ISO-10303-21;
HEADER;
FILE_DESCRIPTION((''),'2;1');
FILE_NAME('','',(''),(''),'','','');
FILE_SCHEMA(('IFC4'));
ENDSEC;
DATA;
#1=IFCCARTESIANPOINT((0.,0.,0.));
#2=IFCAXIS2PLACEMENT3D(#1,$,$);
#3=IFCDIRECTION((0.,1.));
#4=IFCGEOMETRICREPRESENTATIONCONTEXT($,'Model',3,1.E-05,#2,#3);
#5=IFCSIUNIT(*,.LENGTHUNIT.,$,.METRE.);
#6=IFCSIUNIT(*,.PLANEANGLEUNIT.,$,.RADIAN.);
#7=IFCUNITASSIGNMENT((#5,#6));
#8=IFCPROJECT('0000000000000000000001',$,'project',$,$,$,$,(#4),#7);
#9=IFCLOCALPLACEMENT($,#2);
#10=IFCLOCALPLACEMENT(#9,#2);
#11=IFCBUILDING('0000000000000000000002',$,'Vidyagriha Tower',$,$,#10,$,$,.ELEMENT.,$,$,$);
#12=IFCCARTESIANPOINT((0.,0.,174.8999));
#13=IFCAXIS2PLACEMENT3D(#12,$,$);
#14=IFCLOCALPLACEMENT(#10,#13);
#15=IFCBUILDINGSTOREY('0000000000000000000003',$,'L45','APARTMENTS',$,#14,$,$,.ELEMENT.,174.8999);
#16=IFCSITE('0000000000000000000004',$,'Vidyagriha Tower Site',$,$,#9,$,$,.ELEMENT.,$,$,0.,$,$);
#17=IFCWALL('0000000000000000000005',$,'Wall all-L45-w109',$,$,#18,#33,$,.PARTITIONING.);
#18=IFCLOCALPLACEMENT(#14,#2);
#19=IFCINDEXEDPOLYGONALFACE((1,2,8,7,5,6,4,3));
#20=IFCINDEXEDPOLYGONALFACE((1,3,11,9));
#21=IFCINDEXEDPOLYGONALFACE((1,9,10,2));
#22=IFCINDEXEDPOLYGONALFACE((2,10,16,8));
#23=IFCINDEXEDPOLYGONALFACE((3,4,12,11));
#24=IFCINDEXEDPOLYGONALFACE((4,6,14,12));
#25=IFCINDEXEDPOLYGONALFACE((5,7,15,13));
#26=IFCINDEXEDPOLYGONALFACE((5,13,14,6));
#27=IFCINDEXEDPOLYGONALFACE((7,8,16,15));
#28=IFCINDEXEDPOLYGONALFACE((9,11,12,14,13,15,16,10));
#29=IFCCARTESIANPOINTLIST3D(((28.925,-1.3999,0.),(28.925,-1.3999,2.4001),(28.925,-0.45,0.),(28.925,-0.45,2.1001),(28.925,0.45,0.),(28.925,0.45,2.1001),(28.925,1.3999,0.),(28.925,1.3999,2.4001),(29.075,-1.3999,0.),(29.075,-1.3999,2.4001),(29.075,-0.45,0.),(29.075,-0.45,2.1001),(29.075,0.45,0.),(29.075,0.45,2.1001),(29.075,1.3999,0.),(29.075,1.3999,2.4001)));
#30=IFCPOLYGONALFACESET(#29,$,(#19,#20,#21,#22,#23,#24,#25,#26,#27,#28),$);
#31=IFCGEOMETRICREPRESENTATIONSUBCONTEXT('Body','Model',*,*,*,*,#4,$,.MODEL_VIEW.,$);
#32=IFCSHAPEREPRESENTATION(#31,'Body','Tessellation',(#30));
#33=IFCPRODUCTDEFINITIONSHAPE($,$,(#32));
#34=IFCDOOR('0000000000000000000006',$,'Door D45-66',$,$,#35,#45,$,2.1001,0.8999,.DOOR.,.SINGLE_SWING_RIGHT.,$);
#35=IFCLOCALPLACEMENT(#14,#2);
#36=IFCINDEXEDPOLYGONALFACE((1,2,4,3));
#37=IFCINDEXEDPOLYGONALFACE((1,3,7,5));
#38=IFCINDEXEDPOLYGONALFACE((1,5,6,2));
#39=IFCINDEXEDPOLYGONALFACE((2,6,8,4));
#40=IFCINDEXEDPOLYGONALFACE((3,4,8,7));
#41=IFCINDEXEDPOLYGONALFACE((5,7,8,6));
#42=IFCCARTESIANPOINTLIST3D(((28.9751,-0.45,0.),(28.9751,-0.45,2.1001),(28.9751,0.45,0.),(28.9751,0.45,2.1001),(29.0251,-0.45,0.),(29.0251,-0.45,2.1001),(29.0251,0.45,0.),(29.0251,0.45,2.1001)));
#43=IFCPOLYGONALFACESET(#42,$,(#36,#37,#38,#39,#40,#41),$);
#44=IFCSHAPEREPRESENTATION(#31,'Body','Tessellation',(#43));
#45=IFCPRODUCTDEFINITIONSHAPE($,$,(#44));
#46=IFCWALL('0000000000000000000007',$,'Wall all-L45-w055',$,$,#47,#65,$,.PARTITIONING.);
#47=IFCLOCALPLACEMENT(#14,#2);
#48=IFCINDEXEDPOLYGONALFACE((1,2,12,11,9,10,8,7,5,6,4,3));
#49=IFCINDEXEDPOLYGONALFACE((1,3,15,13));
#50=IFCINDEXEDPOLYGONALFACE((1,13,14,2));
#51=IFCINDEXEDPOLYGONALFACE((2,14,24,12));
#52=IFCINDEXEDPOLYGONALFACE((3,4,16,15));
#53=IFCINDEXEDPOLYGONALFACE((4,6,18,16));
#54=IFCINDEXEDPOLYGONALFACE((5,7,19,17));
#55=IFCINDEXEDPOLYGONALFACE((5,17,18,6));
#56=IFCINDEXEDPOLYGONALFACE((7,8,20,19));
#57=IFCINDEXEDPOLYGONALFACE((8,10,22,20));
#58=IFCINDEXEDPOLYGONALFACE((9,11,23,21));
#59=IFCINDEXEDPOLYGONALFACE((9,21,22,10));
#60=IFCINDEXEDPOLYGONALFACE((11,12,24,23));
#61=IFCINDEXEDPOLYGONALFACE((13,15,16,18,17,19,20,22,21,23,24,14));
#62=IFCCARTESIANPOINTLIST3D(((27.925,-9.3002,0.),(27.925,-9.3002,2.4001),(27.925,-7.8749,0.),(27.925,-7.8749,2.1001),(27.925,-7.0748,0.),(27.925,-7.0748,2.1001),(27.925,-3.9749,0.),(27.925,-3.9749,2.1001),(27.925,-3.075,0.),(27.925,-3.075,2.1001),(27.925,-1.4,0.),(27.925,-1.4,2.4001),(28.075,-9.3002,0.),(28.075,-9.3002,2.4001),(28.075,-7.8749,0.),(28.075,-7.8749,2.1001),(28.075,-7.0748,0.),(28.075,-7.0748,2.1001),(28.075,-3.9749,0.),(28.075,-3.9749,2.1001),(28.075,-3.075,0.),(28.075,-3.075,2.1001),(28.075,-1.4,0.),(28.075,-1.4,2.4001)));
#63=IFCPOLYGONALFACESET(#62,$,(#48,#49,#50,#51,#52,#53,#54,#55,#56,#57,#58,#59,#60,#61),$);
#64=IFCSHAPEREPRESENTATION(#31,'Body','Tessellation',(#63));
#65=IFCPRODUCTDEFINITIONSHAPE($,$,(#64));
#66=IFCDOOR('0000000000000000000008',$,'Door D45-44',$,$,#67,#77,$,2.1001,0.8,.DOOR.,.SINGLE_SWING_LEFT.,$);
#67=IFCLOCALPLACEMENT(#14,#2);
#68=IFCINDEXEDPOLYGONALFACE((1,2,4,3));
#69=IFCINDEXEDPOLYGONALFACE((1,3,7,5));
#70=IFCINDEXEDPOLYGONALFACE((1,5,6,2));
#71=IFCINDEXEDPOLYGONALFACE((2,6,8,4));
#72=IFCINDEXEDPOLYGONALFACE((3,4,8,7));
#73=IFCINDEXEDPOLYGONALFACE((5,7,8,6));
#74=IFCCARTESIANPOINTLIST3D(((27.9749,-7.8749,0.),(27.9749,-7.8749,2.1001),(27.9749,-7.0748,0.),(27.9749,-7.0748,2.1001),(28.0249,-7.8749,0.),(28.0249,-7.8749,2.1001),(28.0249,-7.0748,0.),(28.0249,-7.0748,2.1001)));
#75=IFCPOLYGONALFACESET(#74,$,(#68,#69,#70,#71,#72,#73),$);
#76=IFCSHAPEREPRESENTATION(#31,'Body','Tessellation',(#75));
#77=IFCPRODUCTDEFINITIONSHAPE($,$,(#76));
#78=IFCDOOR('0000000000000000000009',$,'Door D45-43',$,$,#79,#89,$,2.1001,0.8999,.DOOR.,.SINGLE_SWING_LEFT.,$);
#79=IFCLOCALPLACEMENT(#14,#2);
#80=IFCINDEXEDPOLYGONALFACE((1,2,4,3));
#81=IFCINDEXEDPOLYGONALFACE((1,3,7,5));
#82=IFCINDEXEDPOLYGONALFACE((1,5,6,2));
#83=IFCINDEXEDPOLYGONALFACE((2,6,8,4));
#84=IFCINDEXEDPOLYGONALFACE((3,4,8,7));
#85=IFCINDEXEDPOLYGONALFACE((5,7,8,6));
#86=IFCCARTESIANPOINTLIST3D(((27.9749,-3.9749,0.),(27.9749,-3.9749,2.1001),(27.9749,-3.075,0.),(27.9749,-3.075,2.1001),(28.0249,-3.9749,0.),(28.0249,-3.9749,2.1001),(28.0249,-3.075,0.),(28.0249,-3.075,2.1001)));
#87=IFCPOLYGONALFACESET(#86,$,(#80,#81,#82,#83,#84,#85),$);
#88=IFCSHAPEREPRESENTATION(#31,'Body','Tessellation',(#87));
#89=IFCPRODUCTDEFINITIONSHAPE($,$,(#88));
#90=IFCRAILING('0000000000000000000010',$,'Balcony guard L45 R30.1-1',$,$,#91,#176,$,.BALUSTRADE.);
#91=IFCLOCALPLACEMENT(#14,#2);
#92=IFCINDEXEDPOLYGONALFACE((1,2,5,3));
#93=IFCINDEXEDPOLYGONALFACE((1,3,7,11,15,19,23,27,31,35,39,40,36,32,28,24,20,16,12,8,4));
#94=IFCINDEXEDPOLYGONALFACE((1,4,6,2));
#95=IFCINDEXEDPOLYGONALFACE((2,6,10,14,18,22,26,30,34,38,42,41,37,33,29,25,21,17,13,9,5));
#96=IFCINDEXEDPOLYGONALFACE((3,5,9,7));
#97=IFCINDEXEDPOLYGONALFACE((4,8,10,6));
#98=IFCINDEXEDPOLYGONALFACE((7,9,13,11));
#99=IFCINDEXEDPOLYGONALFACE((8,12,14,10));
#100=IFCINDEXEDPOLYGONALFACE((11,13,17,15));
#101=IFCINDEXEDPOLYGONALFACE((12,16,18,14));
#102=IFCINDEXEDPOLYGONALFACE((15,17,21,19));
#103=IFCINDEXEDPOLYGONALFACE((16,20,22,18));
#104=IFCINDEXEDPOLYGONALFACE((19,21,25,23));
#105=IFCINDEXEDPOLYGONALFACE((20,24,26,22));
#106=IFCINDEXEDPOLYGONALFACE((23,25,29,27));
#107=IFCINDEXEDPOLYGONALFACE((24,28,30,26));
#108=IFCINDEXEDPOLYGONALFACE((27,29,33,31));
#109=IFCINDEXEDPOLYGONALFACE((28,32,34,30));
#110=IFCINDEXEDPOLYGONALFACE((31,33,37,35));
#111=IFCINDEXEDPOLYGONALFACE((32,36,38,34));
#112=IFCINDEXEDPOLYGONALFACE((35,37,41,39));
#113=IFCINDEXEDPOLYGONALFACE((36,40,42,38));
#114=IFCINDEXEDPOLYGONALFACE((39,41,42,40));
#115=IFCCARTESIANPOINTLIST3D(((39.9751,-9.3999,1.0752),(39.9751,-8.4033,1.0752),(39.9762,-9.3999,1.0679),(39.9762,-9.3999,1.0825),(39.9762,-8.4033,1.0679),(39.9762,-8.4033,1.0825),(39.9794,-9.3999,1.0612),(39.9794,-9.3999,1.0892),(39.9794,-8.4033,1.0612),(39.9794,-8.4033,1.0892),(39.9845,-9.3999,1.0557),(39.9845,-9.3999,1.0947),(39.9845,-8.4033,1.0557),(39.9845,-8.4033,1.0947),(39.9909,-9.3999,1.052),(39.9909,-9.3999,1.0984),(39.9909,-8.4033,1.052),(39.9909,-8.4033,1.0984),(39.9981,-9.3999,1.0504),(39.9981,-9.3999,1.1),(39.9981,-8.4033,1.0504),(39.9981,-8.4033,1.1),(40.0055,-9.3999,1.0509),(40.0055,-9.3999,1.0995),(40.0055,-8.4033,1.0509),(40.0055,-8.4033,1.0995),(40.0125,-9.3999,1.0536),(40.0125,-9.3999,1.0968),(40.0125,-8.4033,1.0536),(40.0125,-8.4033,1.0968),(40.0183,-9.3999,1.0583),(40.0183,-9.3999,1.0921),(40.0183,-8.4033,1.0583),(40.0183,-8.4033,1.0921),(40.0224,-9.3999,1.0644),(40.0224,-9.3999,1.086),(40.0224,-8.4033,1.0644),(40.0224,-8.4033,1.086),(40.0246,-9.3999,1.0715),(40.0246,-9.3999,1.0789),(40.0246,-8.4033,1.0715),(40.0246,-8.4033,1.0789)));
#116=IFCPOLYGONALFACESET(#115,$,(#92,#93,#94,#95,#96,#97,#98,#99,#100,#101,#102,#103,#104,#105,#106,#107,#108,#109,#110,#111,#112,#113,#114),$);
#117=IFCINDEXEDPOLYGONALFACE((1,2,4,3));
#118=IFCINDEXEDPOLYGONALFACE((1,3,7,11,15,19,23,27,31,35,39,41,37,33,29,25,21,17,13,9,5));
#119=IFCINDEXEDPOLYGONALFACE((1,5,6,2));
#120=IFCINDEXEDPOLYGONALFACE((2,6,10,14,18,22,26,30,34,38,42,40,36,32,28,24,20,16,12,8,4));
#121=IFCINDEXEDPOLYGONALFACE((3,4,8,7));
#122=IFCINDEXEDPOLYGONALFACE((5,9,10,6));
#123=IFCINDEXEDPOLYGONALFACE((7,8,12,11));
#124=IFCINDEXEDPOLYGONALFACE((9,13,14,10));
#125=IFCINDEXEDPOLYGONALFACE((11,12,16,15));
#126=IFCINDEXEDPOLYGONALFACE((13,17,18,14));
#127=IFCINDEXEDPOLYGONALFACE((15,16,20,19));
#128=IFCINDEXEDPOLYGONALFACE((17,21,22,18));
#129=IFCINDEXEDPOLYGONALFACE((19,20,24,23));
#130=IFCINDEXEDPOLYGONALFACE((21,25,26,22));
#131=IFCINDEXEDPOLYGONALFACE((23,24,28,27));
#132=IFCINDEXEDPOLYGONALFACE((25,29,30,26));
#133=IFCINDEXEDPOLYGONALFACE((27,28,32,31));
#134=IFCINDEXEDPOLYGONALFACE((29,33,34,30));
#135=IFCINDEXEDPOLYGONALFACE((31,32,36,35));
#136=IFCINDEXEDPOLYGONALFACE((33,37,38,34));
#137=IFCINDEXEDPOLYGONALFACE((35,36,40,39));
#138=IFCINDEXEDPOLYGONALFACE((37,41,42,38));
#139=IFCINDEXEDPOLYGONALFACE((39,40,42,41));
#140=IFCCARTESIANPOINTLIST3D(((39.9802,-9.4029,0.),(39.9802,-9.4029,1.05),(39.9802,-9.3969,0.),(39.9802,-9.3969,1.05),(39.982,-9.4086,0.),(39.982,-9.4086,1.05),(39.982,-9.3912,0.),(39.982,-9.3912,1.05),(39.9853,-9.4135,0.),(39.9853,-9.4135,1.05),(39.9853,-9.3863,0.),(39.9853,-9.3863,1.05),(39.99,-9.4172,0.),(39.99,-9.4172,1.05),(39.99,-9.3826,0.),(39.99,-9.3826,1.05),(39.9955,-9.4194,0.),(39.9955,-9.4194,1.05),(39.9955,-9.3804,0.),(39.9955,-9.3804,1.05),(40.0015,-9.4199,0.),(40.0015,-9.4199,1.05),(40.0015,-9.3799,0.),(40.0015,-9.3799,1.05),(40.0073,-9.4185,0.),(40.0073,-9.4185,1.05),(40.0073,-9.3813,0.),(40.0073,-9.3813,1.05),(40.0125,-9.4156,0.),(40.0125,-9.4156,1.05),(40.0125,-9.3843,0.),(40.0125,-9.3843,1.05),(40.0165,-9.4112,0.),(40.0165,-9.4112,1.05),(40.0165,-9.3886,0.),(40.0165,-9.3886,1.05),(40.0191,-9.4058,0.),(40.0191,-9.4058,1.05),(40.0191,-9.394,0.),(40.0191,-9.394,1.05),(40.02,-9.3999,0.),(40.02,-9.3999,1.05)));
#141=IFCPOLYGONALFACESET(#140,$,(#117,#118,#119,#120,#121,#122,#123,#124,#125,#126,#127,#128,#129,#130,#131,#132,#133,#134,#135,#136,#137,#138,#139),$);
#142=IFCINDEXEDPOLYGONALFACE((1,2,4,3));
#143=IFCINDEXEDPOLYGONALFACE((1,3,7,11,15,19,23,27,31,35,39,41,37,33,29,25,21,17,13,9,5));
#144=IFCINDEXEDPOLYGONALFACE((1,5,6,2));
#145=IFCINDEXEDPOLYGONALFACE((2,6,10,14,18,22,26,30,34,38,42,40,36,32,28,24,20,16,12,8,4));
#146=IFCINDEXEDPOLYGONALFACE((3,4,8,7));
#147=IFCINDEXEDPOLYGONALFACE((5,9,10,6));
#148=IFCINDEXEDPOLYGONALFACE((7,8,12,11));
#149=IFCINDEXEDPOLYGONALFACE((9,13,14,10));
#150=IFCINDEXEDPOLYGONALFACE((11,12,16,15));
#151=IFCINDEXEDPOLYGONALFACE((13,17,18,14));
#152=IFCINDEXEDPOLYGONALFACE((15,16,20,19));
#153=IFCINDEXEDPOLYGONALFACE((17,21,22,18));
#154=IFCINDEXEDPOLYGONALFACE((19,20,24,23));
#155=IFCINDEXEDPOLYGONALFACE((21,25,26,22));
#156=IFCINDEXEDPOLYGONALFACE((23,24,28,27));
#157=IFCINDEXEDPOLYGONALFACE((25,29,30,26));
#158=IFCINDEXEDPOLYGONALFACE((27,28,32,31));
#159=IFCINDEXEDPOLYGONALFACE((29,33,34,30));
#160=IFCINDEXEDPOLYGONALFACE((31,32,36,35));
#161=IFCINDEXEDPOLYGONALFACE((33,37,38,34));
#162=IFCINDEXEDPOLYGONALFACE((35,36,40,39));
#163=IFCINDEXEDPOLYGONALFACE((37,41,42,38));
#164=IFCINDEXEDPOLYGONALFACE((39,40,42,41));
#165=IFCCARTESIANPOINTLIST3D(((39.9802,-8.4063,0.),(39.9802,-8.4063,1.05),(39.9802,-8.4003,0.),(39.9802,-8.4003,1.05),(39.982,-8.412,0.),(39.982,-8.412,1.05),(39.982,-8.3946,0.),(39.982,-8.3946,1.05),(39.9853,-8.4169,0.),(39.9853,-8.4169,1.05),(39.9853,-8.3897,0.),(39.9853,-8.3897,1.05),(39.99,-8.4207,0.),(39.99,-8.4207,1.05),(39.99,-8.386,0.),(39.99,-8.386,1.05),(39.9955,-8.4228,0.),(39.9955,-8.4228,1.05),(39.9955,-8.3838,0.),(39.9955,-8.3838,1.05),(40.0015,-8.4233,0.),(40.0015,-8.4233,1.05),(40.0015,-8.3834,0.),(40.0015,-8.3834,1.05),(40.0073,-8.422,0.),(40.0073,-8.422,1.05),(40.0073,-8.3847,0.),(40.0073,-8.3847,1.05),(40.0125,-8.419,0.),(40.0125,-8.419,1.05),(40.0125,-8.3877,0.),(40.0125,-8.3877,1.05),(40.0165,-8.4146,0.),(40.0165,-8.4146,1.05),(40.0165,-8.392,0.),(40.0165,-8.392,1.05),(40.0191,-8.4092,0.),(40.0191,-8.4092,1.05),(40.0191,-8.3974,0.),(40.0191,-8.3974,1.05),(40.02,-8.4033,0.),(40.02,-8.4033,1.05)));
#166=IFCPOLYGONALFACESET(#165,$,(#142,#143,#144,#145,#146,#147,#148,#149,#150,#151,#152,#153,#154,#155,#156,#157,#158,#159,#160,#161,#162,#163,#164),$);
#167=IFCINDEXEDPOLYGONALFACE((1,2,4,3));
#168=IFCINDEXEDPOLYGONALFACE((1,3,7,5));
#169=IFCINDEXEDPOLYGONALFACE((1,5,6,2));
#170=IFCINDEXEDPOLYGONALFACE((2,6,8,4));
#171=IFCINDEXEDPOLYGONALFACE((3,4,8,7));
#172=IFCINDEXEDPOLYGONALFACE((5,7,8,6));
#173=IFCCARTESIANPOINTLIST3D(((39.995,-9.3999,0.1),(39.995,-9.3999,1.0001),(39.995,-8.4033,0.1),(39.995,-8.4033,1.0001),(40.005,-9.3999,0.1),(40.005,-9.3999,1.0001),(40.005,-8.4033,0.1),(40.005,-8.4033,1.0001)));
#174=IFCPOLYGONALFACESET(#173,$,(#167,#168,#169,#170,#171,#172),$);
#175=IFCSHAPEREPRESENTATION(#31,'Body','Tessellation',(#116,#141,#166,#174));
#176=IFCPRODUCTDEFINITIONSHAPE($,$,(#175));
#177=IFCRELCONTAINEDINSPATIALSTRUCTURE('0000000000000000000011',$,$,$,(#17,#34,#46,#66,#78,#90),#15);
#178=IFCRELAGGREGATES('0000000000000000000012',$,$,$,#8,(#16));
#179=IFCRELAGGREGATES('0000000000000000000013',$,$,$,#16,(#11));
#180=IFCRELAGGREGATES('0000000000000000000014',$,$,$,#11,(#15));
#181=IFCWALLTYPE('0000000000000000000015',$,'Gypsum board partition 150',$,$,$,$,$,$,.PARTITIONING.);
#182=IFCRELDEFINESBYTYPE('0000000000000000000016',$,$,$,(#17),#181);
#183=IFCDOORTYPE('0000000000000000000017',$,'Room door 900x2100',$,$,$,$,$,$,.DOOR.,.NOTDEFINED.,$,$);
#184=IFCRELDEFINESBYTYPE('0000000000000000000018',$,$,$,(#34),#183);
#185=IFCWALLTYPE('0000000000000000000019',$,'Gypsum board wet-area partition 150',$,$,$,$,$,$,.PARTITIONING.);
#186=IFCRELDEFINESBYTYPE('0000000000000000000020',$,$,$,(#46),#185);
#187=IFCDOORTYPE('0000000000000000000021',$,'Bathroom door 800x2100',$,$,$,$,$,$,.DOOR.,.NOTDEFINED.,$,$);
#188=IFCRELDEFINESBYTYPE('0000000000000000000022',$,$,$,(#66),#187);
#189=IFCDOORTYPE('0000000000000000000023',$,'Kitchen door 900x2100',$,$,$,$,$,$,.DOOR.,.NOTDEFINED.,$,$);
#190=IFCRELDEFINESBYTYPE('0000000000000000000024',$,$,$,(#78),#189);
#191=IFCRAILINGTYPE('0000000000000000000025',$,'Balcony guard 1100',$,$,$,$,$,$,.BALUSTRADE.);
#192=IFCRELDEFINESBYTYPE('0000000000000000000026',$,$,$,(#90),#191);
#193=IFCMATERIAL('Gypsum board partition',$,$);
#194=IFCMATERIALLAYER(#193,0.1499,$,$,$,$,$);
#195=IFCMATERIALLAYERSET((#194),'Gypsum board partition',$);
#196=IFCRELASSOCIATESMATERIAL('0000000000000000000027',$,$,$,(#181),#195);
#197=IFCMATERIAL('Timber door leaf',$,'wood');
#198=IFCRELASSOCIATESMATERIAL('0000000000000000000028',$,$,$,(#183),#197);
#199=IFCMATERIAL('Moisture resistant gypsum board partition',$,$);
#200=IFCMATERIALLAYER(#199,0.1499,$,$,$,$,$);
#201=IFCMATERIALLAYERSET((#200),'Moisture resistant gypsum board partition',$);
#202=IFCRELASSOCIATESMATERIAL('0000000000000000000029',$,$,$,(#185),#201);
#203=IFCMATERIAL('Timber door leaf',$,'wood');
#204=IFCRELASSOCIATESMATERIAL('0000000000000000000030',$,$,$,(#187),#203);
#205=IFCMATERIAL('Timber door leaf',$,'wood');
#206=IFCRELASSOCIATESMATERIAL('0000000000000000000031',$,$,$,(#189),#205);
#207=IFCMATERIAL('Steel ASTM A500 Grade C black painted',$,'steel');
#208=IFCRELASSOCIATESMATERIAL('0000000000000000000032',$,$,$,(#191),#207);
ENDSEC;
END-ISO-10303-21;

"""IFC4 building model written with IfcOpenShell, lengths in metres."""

from ifc_helpers import new_model, si_unit, direction, frame, frame_2d, origin, origin_2d, place, context, subcontext, project, spatial, rectangle, circle, extrude, material, layer, layer_set, type_object, element, fill, save


model = new_model("IFC4")

# Units and contexts
model_context = context("Model", 3, precision=1e-05, world=origin(), true_north=direction((0.0, 1.0)))
body_context = subcontext(model_context, "Body", "Model", "MODEL_VIEW")
ifc_project = project(units=[si_unit("LENGTHUNIT", "METRE"), si_unit("PLANEANGLEUNIT", "RADIAN")], contexts=[model_context])

# Site, building, storey
site_placement = place(None, origin())
site = spatial("IfcSite", under=ifc_project, at=site_placement, Name="Vidyagriha Tower Site", CompositionType="ELEMENT", RefElevation=0.0)
building_placement = place(site_placement, origin())
building = spatial("IfcBuilding", under=site, at=building_placement, Name="Vidyagriha Tower", CompositionType="ELEMENT")
storey_placement = place(building_placement, frame((0.0, 0.0, 174.8999)))
storey = spatial("IfcBuildingStorey", under=building, at=storey_placement, Name="L45", Description="APARTMENTS", CompositionType="ELEMENT", Elevation=174.8999)

# Shared definitions
ifc_material_1 = material(Name="Gypsum board partition")
ifc_layer_1 = layer(ifc_material_1, 0.1499)
ifc_layer_set_1 = layer_set([ifc_layer_1], Name="Gypsum board partition")
wall_type_1 = type_object("IfcWallType", Name="Gypsum board partition 150", PredefinedType="PARTITIONING", material=ifc_layer_set_1)

# Wall, opening, door
ifc_material_2 = material(Name="Timber door leaf", Category="wood")
door_type_1 = type_object("IfcDoorType", Name="Room door 900x2100", OperationType="NOTDEFINED", PredefinedType="DOOR", material=ifc_material_2)
wall_1_placement = place(storey_placement, frame((29.0, -1.3999, 0.0), z_axis=(0.0, 0.0, 1.0), x_axis=(0.0, 1.0, 0.0)))
wall_1 = element("IfcWall", 1, at=wall_1_placement, inside=storey, type_object=wall_type_1, Name="Wall all-L45-w109", PredefinedType="PARTITIONING", context=body_context, shape_type="SweptSolid", body=[
    extrude(rectangle(XDim=2.7998, YDim=0.1499, at=frame_2d((1.3999, 0.0))), origin(), (0.0, 0.0, 1.0), 2.4001),
])
opening_1_placement = place(wall_1_placement, frame((0.95, 0.0, 0.0)))
opening_1 = element("IfcOpeningElement", 2, at=opening_1_placement, cuts=wall_1, PredefinedType="OPENING", context=body_context, shape_type="SweptSolid", body=[
    extrude(rectangle(XDim=0.8999, YDim=2.1001, at=frame_2d((0.45, 1.05))), frame((0.0, 0.085, 0.0), z_axis=(0.0, -1.0, 0.0), x_axis=(1.0, 0.0, 0.0)), (0.0, 0.0, 1.0), 0.1699),
])
door_1_placement = place(opening_1_placement, origin())
door_1 = element("IfcDoor", 3, at=door_1_placement, inside=storey, type_object=door_type_1, Name="Door D45-66", OperationType="SINGLE_SWING_RIGHT", OverallHeight=2.1001, OverallWidth=0.8999, PredefinedType="DOOR", context=body_context, shape_type="SweptSolid", body=[
    extrude(rectangle(XDim=0.8999, YDim=2.1001, at=frame_2d((0.45, 1.05))), frame((0.0, 0.0249, 0.0), z_axis=(0.0, -1.0, 0.0), x_axis=(1.0, 0.0, 0.0)), (0.0, 0.0, 1.0), 0.05),
])
fill(opening_1, door_1)

# Wall, openings, doors
ifc_material_3 = material(Name="Moisture resistant gypsum board partition")
ifc_layer_2 = layer(ifc_material_3, 0.1499)
ifc_layer_set_2 = layer_set([ifc_layer_2], Name="Moisture resistant gypsum board partition")
wall_type_2 = type_object("IfcWallType", Name="Gypsum board wet-area partition 150", PredefinedType="PARTITIONING", material=ifc_layer_set_2)
wall_2_placement = place(storey_placement, frame((28.0, -1.3999, 0.0), z_axis=(0.0, 0.0, 1.0), x_axis=(0.0, -1.0, 0.0)))
wall_2 = element("IfcWall", 4, at=wall_2_placement, inside=storey, type_object=wall_type_2, Name="Wall all-L45-w055", PredefinedType="PARTITIONING", context=body_context, shape_type="SweptSolid", body=[
    extrude(rectangle(XDim=7.9001, YDim=0.1499, at=frame_2d((3.9502, 0.0))), origin(), (0.0, 0.0, 1.0), 2.4001),
])
opening_2_placement = place(wall_2_placement, frame((1.675, 0.0, 0.0)))
opening_2 = element("IfcOpeningElement", 5, at=opening_2_placement, cuts=wall_2, PredefinedType="OPENING", context=body_context, shape_type="SweptSolid", body=[
    extrude(rectangle(XDim=0.8999, YDim=2.1001, at=frame_2d((0.45, 1.05))), frame((0.0, 0.085, 0.0), z_axis=(0.0, -1.0, 0.0), x_axis=(1.0, 0.0, 0.0)), (0.0, 0.0, 1.0), 0.1699),
])
opening_3_placement = place(wall_2_placement, frame((5.675, 0.0, 0.0)))
opening_3 = element("IfcOpeningElement", 6, at=opening_3_placement, cuts=wall_2, PredefinedType="OPENING", context=body_context, shape_type="SweptSolid", body=[
    extrude(rectangle(XDim=0.8, YDim=2.1001, at=frame_2d((0.3999, 1.05))), frame((0.0, 0.085, 0.0), z_axis=(0.0, -1.0, 0.0), x_axis=(1.0, 0.0, 0.0)), (0.0, 0.0, 1.0), 0.1699),
])
ifc_material_4 = material(Name="Timber door leaf", Category="wood")
door_type_2 = type_object("IfcDoorType", Name="Bathroom door 800x2100", OperationType="NOTDEFINED", PredefinedType="DOOR", material=ifc_material_4)
door_2_placement = place(opening_3_placement, origin())
door_2 = element("IfcDoor", 7, at=door_2_placement, inside=storey, type_object=door_type_2, Name="Door D45-44", OperationType="SINGLE_SWING_LEFT", OverallHeight=2.1001, OverallWidth=0.8, PredefinedType="DOOR", context=body_context, shape_type="SweptSolid", body=[
    extrude(rectangle(XDim=0.8, YDim=2.1001, at=frame_2d((0.3999, 1.05))), frame((0.0, 0.0249, 0.0), z_axis=(0.0, -1.0, 0.0), x_axis=(1.0, 0.0, 0.0)), (0.0, 0.0, 1.0), 0.05),
])
fill(opening_3, door_2)
ifc_material_5 = material(Name="Timber door leaf", Category="wood")
door_type_3 = type_object("IfcDoorType", Name="Kitchen door 900x2100", OperationType="NOTDEFINED", PredefinedType="DOOR", material=ifc_material_5)
door_3_placement = place(opening_2_placement, origin())
door_3 = element("IfcDoor", 8, at=door_3_placement, inside=storey, type_object=door_type_3, Name="Door D45-43", OperationType="SINGLE_SWING_LEFT", OverallHeight=2.1001, OverallWidth=0.8999, PredefinedType="DOOR", context=body_context, shape_type="SweptSolid", body=[
    extrude(rectangle(XDim=0.8999, YDim=2.1001, at=frame_2d((0.45, 1.05))), frame((0.0, 0.0249, 0.0), z_axis=(0.0, -1.0, 0.0), x_axis=(1.0, 0.0, 0.0)), (0.0, 0.0, 1.0), 0.05),
])
fill(opening_2, door_3)

# Railing
ifc_material_6 = material(Name="Steel ASTM A500 Grade C black painted", Category="steel")
railing_type = type_object("IfcRailingType", Name="Balcony guard 1100", PredefinedType="BALUSTRADE", material=ifc_material_6)
railing_1_placement = place(storey_placement, frame((40.0, -9.3999, 0.0)))
element("IfcRailing", 9, at=railing_1_placement, inside=storey, type_object=railing_type, Name="Balcony guard L45 R30.1-1", PredefinedType="BALUSTRADE", context=body_context, shape_type="SweptSolid", body=[
    extrude(circle(Radius=0.0249, at=origin_2d()), frame((0.0, 0.0, 1.0752), z_axis=(0.0, 1.0, 0.0), x_axis=(-1.0, 0.0, 0.0)), (0.0, 0.0, 1.0), 0.9966),
    extrude(circle(Radius=0.02, at=origin_2d()), origin(), (0.0, 0.0, 1.0), 1.05),
    extrude(circle(Radius=0.02, at=origin_2d()), frame((0.0, 0.9966, 0.0)), (0.0, 0.0, 1.0), 1.05),
    extrude(rectangle(XDim=0.01, YDim=0.9001, at=origin_2d()), frame((0.0, 0.0, 0.55), z_axis=(0.0, 1.0, 0.0), x_axis=(-1.0, 0.0, 0.0)), (0.0, 0.0, 1.0), 0.9966),
])

save(model, "model.ifc")
